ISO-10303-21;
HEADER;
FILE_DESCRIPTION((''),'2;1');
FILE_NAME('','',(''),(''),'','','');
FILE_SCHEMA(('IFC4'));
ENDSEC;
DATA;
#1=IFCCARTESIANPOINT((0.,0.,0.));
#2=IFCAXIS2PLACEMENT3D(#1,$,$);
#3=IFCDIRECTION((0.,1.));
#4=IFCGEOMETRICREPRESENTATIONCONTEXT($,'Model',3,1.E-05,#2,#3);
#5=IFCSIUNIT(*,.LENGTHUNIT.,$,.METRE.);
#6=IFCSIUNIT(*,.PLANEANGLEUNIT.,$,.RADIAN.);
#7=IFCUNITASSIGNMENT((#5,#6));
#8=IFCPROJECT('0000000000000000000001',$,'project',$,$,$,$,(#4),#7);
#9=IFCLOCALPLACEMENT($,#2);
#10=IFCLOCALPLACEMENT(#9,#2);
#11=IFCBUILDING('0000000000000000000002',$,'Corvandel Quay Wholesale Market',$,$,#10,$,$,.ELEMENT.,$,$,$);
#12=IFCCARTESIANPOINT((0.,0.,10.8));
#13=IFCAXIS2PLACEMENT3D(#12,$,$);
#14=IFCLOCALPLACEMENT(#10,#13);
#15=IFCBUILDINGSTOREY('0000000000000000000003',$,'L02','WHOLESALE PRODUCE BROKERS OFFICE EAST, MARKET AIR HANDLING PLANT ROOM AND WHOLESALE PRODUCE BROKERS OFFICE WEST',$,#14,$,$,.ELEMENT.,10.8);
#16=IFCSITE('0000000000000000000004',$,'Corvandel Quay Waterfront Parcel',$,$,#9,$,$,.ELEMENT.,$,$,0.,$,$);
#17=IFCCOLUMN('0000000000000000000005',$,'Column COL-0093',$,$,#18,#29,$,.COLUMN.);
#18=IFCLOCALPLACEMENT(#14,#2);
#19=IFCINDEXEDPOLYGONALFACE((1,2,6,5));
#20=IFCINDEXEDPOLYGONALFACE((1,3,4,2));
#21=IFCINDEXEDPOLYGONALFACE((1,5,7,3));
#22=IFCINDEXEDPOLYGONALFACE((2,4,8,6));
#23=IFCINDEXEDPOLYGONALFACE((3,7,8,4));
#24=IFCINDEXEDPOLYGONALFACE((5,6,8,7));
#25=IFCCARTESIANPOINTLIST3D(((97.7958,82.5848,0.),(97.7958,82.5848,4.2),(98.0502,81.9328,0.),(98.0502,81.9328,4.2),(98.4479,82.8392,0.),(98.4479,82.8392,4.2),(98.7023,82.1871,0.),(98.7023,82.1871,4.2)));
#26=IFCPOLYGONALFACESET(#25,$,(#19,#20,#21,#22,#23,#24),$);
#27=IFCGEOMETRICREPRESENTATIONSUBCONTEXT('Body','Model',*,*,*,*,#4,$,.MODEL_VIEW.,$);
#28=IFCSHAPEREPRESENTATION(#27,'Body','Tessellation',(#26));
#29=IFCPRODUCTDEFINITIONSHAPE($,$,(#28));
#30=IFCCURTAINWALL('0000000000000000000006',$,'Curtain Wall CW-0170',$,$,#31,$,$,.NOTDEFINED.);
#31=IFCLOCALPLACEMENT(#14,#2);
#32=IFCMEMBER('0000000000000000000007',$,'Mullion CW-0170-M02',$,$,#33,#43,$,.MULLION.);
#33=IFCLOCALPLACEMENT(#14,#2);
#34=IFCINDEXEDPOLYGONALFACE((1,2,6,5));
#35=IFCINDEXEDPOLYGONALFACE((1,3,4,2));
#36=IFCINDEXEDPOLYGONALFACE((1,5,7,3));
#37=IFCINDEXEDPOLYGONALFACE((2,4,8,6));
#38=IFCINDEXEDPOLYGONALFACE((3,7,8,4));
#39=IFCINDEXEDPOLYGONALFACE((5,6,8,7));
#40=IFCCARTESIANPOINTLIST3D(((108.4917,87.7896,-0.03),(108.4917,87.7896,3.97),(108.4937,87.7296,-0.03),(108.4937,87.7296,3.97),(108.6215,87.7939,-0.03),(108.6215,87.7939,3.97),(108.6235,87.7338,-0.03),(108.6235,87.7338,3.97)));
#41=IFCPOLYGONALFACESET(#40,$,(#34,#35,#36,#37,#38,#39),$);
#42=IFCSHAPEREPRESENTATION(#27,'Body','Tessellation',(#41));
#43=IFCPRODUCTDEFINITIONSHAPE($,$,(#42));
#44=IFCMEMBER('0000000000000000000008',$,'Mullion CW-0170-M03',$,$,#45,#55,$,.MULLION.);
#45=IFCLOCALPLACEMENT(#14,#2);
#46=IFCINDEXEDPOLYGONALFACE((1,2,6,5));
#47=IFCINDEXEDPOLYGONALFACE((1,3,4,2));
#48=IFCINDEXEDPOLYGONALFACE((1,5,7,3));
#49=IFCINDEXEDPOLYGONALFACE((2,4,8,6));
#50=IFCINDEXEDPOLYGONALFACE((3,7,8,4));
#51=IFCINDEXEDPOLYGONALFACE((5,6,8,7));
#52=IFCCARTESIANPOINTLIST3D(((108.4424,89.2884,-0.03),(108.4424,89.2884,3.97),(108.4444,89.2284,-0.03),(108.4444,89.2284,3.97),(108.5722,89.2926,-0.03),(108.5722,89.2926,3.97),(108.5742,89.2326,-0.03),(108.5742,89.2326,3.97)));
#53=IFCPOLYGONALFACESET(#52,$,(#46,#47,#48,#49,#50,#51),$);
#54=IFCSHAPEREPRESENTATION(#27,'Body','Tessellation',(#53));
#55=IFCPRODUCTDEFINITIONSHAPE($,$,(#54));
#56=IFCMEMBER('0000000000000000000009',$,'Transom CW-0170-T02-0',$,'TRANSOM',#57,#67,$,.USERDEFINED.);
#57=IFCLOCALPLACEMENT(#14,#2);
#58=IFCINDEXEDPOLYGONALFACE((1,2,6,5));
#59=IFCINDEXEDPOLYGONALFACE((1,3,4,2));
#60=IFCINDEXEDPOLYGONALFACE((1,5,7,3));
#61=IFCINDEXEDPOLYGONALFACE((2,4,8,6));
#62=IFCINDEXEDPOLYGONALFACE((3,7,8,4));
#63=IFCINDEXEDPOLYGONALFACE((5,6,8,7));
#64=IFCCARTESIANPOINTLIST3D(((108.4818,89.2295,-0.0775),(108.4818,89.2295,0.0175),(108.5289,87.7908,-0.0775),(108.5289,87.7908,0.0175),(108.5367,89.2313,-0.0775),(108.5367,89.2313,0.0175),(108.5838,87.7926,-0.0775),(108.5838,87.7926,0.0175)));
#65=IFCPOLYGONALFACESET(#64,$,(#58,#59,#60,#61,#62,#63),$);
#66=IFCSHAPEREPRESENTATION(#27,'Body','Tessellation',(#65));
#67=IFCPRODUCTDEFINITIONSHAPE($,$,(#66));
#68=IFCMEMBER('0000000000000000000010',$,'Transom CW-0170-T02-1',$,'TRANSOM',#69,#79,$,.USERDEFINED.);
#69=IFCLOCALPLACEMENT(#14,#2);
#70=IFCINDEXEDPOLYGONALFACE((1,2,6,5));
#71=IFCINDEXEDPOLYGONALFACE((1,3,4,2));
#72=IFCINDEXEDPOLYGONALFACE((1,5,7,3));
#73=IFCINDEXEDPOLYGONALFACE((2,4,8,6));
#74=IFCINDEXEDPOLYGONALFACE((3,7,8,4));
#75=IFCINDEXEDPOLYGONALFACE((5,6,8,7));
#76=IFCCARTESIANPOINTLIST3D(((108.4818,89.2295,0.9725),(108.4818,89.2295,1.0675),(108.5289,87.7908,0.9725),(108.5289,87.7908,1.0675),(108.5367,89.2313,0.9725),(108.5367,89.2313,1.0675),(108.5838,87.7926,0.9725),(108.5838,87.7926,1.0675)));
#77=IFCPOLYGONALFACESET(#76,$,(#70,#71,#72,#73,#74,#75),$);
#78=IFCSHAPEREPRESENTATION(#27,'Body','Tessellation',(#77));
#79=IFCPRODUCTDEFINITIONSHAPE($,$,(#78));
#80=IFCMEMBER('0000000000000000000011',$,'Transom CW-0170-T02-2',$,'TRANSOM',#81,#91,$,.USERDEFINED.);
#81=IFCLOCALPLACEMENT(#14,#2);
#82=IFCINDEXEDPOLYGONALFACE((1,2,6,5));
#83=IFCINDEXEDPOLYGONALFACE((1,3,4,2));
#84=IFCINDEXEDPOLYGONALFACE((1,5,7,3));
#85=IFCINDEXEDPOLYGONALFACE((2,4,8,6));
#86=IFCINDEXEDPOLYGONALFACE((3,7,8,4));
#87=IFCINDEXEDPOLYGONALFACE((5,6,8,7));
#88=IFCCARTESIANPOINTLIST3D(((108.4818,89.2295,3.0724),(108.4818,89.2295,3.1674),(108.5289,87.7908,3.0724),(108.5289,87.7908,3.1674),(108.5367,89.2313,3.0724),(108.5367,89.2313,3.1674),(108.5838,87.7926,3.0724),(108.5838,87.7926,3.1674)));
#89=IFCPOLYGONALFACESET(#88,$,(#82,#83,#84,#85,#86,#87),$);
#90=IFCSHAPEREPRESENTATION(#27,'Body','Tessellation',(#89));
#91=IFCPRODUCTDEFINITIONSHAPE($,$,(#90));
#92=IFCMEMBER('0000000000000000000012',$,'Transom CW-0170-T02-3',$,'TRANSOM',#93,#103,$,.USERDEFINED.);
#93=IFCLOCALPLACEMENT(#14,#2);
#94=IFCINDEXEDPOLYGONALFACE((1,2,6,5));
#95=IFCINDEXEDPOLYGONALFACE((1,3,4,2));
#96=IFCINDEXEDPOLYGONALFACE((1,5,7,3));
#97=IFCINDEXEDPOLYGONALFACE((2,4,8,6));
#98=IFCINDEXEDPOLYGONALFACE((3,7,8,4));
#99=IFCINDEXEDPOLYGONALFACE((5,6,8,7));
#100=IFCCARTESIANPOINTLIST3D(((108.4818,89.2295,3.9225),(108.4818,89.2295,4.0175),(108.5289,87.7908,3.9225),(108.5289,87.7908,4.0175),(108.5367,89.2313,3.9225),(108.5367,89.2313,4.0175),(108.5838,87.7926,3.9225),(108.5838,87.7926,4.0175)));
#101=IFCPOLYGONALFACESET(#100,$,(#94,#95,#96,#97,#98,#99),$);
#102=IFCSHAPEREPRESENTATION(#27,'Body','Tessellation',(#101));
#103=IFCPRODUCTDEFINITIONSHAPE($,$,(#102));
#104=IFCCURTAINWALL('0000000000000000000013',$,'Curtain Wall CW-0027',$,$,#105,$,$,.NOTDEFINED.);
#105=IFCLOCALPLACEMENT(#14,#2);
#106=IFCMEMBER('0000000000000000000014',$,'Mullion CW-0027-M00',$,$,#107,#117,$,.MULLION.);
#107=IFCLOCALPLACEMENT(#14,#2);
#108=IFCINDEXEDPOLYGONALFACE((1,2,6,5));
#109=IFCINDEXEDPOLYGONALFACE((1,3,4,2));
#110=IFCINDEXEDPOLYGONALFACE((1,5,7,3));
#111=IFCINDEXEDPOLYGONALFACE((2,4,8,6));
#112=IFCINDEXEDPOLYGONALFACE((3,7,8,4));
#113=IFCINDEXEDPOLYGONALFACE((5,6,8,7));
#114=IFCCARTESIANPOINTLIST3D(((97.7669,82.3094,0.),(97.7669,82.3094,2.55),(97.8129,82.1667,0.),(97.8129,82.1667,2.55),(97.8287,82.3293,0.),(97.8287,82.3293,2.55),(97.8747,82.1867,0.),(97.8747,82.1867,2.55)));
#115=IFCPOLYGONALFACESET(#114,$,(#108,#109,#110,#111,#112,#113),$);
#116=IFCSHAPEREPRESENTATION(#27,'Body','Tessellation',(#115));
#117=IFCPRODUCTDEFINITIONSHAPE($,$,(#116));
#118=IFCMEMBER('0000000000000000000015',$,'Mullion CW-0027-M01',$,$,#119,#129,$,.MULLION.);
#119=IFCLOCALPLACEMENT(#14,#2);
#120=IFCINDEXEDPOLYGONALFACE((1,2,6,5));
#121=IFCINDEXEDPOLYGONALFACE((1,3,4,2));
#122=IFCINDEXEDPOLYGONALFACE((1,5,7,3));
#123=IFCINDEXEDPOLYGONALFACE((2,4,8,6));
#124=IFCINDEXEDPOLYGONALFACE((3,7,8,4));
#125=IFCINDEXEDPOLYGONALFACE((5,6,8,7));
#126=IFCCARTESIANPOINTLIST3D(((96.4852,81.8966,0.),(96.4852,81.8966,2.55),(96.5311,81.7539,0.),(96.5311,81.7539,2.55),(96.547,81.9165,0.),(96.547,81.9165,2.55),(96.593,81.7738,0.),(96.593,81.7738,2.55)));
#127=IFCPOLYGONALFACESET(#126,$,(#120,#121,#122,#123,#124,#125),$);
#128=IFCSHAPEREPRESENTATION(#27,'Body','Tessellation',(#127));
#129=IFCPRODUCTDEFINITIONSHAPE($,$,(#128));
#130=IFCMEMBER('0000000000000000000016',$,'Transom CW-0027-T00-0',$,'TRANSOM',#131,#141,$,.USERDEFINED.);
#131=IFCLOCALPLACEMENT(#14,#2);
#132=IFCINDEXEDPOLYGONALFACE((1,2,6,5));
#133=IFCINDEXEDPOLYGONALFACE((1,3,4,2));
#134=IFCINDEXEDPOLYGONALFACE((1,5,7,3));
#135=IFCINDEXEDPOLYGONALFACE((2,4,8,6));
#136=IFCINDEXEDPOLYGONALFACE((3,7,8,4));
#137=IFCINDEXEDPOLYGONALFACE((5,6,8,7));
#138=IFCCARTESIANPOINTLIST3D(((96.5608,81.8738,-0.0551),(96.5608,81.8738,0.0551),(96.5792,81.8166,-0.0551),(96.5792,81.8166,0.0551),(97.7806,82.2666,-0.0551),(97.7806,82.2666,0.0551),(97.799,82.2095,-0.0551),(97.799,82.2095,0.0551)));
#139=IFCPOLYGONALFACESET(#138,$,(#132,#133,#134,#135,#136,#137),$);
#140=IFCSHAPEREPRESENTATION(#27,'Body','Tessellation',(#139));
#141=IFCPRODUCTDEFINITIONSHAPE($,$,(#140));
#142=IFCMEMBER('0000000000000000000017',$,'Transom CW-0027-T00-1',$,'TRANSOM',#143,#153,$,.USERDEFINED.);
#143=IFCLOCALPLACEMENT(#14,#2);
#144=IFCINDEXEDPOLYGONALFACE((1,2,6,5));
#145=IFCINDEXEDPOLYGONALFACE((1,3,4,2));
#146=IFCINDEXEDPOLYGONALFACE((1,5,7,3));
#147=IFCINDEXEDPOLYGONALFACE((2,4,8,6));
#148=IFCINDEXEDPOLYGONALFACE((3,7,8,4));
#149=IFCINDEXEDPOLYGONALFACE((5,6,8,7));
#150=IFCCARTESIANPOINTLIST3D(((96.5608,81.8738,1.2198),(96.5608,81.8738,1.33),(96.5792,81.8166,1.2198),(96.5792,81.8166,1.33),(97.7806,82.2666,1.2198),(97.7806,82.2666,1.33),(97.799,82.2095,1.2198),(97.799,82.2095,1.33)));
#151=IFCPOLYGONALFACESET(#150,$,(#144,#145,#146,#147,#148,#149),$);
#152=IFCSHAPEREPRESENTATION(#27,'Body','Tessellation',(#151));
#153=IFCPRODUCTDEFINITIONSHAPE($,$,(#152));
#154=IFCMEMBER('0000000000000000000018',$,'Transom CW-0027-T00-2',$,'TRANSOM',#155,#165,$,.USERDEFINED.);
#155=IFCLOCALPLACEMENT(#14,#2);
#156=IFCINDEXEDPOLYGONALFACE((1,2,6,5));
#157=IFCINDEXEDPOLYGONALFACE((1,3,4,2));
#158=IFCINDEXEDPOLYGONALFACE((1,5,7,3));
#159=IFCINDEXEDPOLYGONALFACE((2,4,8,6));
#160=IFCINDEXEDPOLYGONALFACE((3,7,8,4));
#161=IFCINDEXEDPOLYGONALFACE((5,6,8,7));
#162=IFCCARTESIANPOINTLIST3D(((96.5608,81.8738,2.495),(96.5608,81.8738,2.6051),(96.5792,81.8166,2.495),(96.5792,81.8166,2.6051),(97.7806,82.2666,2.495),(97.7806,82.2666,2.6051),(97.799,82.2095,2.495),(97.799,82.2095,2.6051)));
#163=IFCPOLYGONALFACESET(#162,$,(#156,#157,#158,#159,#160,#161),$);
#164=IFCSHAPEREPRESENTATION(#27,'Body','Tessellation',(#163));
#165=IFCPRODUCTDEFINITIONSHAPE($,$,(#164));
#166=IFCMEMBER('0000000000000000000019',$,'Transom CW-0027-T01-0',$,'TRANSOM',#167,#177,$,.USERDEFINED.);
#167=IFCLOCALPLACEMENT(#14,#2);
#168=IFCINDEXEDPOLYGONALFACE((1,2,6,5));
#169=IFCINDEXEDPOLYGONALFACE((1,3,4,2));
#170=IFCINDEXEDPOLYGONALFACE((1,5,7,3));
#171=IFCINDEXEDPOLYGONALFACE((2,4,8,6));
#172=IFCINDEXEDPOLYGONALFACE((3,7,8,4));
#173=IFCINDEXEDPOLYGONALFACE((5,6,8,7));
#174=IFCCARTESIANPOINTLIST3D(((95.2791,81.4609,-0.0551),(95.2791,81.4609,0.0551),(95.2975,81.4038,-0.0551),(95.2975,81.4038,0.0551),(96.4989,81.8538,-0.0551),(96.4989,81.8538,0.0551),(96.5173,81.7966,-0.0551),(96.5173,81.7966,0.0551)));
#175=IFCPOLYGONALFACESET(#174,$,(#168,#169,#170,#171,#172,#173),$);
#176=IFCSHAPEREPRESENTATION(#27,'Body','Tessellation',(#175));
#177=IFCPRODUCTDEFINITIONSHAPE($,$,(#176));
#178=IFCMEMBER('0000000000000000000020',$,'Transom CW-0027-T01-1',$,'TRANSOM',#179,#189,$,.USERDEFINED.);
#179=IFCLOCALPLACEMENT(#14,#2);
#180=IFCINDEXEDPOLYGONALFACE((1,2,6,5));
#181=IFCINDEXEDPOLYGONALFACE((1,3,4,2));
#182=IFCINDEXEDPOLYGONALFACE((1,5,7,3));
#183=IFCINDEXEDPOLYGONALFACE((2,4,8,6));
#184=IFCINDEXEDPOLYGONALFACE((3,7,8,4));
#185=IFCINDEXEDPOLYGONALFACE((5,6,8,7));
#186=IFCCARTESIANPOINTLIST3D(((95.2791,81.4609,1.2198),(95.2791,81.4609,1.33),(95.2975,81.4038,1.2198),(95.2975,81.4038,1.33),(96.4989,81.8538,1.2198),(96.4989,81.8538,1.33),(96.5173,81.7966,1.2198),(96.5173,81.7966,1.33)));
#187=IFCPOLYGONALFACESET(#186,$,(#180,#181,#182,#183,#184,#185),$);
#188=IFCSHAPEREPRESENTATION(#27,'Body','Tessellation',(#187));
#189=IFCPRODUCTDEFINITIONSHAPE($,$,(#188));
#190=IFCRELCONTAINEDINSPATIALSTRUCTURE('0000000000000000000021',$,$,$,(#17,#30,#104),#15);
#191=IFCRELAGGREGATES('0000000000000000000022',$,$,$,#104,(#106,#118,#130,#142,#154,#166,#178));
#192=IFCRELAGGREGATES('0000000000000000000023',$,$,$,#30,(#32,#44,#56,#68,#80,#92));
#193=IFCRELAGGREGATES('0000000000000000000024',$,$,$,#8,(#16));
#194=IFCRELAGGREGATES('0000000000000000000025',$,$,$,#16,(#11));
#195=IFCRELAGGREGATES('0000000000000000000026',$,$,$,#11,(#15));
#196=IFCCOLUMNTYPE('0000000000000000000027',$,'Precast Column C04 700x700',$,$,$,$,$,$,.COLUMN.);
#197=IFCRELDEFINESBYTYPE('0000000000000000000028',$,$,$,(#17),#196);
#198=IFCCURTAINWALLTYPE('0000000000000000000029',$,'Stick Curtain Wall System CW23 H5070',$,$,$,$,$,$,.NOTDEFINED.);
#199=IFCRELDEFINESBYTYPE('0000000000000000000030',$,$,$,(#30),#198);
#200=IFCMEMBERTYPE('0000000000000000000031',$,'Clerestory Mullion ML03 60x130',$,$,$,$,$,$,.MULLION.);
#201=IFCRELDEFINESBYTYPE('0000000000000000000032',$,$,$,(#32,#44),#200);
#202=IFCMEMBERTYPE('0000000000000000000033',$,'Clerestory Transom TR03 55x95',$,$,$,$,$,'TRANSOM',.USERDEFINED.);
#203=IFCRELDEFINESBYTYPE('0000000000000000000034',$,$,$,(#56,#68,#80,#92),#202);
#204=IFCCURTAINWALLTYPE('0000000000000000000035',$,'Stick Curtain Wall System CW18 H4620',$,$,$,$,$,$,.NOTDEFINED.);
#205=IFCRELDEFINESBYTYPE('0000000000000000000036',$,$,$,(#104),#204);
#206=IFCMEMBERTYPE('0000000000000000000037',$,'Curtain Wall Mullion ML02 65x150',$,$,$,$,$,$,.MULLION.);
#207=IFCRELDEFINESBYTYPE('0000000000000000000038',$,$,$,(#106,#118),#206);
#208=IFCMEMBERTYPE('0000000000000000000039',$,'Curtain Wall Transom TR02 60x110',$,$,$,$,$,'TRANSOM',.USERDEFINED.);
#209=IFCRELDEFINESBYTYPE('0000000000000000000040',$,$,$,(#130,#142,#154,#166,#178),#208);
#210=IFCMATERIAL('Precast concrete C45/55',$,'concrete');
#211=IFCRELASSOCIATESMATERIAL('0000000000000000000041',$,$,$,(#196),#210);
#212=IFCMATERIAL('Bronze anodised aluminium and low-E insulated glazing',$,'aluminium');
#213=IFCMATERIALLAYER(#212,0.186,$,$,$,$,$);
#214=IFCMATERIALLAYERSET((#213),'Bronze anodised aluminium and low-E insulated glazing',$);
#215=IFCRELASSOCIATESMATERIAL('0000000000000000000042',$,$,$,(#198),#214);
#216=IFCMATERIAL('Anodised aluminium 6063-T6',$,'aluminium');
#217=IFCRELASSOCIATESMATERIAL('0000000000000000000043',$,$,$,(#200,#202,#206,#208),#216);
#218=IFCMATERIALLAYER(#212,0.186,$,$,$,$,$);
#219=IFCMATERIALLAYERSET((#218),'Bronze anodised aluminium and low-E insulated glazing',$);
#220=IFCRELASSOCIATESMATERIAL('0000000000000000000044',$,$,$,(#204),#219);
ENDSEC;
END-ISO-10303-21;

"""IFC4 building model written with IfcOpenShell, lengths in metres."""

from ifc_helpers import new_model, si_unit, direction, frame, origin, origin_2d, place, context, subcontext, project, spatial, rectangle, extrude, material, layer, layer_set, material_profile, profile_set, type_object, element, aggregate, save


model = new_model("IFC4")

# Units and contexts
model_context = context("Model", 3, precision=1e-05, world=origin(), true_north=direction((0.0, 1.0)))
body_context = subcontext(model_context, "Body", "Model", "MODEL_VIEW")
ifc_project = project(units=[si_unit("LENGTHUNIT", "METRE"), si_unit("PLANEANGLEUNIT", "RADIAN")], contexts=[model_context])

# Site, building, storey
site_placement = place(None, origin())
site = spatial("IfcSite", under=ifc_project, at=site_placement, Name="Corvandel Quay Waterfront Parcel", CompositionType="ELEMENT", RefElevation=0.0)
building_placement = place(site_placement, origin())
building = spatial("IfcBuilding", under=site, at=building_placement, Name="Corvandel Quay Wholesale Market", CompositionType="ELEMENT")
storey_placement = place(building_placement, frame((0.0, 0.0, 10.8)))
storey = spatial("IfcBuildingStorey", under=building, at=storey_placement, Name="L02", Description="WHOLESALE PRODUCE BROKERS OFFICE EAST, MARKET AIR HANDLING PLANT ROOM AND WHOLESALE PRODUCE BROKERS OFFICE WEST", CompositionType="ELEMENT", Elevation=10.8)

# Column
ifc_material_1 = material(Name="Precast concrete C45/55", Category="concrete")
ifc_material_profile_1 = material_profile(ifc_material_1, rectangle(XDim=0.7, YDim=0.7, at=origin_2d()), Name="PC-COL-700x700")
ifc_profile_set_1 = profile_set([ifc_material_profile_1], Name="Precast concrete C45/55")
column_type = type_object("IfcColumnType", Name="Precast Column C04 700x700", PredefinedType="COLUMN", material=ifc_profile_set_1)
column_placement = place(storey_placement, frame((98.249, 82.386, 0.0), z_axis=(0.0, 0.0, 1.0), x_axis=(0.931628, 0.363414, 0.0)))
element("IfcColumn", 1, at=column_placement, inside=storey, type_object=column_type, Name="Column COL-0093", PredefinedType="COLUMN", context=body_context, shape_type="SweptSolid", body=[
    extrude(rectangle(XDim=0.7, YDim=0.7, at=origin_2d()), origin(), (0.0, 0.0, 1.0), 4.2),
])

# Curtain walls, members
ifc_material_2 = material(Name="Bronze anodised aluminium and low-E insulated glazing", Category="aluminium")
ifc_layer_1 = layer(ifc_material_2, 0.186)
ifc_layer_set_1 = layer_set([ifc_layer_1], Name="Bronze anodised aluminium and low-E insulated glazing")
curtain_wall_type_1 = type_object("IfcCurtainWallType", Name="Stick Curtain Wall System CW23 H5070", PredefinedType="NOTDEFINED", material=ifc_layer_set_1)
curtain_wall_1_placement = place(storey_placement, origin())
curtain_wall_1 = element("IfcCurtainWall", 2, at=curtain_wall_1_placement, inside=storey, type_object=curtain_wall_type_1, Name="Curtain Wall CW-0170", PredefinedType="NOTDEFINED")
ifc_material_3 = material(Name="Anodised aluminium 6063-T6", Category="aluminium")
ifc_material_profile_2 = material_profile(ifc_material_3, rectangle(XDim=0.0601, YDim=0.1299, at=origin_2d()), Name="ALU-MUL-60x130")
ifc_profile_set_2 = profile_set([ifc_material_profile_2], Name="Anodised aluminium 6063-T6")
member_type_1 = type_object("IfcMemberType", Name="Clerestory Mullion ML03 60x130", PredefinedType="MULLION", material=ifc_profile_set_2)
member_1_placement = place(storey_placement, frame((108.5576, 87.7617, -0.03), z_axis=(0.0, 0.0, 1.0), x_axis=(-0.032806, 0.999462, 0.0)))
member_1 = element("IfcMember", 3, at=member_1_placement, type_object=member_type_1, Name="Mullion CW-0170-M02", PredefinedType="MULLION", context=body_context, shape_type="SweptSolid", body=[
    extrude(rectangle(XDim=0.0601, YDim=0.1299, at=origin_2d()), origin(), (0.0, 0.0, 1.0), 4.0),
])
member_2_placement = place(storey_placement, frame((108.5083, 89.2605, -0.03), z_axis=(0.0, 0.0, 1.0), x_axis=(-0.032806, 0.999462, 0.0)))
member_2 = element("IfcMember", 4, at=member_2_placement, type_object=member_type_1, Name="Mullion CW-0170-M03", PredefinedType="MULLION", context=body_context, shape_type="SweptSolid", body=[
    extrude(rectangle(XDim=0.0601, YDim=0.1299, at=origin_2d()), origin(), (0.0, 0.0, 1.0), 4.0),
])
ifc_material_profile_3 = material_profile(ifc_material_3, rectangle(XDim=0.0549, YDim=0.095, at=origin_2d()), Name="ALU-TRN-55x95")
ifc_profile_set_3 = profile_set([ifc_material_profile_3], Name="Anodised aluminium 6063-T6")
member_type_2 = type_object("IfcMemberType", Name="Clerestory Transom TR03 55x95", ElementType="TRANSOM", PredefinedType="USERDEFINED", material=ifc_profile_set_3)
member_3_placement = place(storey_placement, frame((108.5564, 87.7917, -0.03), z_axis=(-0.032733, 0.999464, 0.0), x_axis=(-0.999464, -0.032733, 0.0)))
member_3 = element("IfcMember", 5, at=member_3_placement, type_object=member_type_2, Name="Transom CW-0170-T02-0", ObjectType="TRANSOM", PredefinedType="USERDEFINED", context=body_context, shape_type="SweptSolid", body=[
    extrude(rectangle(XDim=0.0549, YDim=0.095, at=origin_2d()), origin(), (0.0, 0.0, 1.0), 1.4395),
])
member_4_placement = place(storey_placement, frame((108.5564, 87.7917, 1.02), z_axis=(-0.032733, 0.999464, 0.0), x_axis=(-0.999464, -0.032733, 0.0)))
member_4 = element("IfcMember", 6, at=member_4_placement, type_object=member_type_2, Name="Transom CW-0170-T02-1", ObjectType="TRANSOM", PredefinedType="USERDEFINED", context=body_context, shape_type="SweptSolid", body=[
    extrude(rectangle(XDim=0.0549, YDim=0.095, at=origin_2d()), origin(), (0.0, 0.0, 1.0), 1.4395),
])
member_5_placement = place(storey_placement, frame((108.5564, 87.7917, 3.1199), z_axis=(-0.032733, 0.999464, 0.0), x_axis=(-0.999464, -0.032733, 0.0)))
member_5 = element("IfcMember", 7, at=member_5_placement, type_object=member_type_2, Name="Transom CW-0170-T02-2", ObjectType="TRANSOM", PredefinedType="USERDEFINED", context=body_context, shape_type="SweptSolid", body=[
    extrude(rectangle(XDim=0.0549, YDim=0.095, at=origin_2d()), origin(), (0.0, 0.0, 1.0), 1.4395),
])
member_6_placement = place(storey_placement, frame((108.5564, 87.7917, 3.97), z_axis=(-0.032733, 0.999464, 0.0), x_axis=(-0.999464, -0.032733, 0.0)))
member_6 = element("IfcMember", 8, at=member_6_placement, type_object=member_type_2, Name="Transom CW-0170-T02-3", ObjectType="TRANSOM", PredefinedType="USERDEFINED", context=body_context, shape_type="SweptSolid", body=[
    extrude(rectangle(XDim=0.0549, YDim=0.095, at=origin_2d()), origin(), (0.0, 0.0, 1.0), 1.4395),
])
ifc_layer_2 = layer(ifc_material_2, 0.186)
ifc_layer_set_2 = layer_set([ifc_layer_2], Name="Bronze anodised aluminium and low-E insulated glazing")
curtain_wall_type_2 = type_object("IfcCurtainWallType", Name="Stick Curtain Wall System CW18 H4620", PredefinedType="NOTDEFINED", material=ifc_layer_set_2)
curtain_wall_2_placement = place(storey_placement, origin())
curtain_wall_2 = element("IfcCurtainWall", 9, at=curtain_wall_2_placement, inside=storey, type_object=curtain_wall_type_2, Name="Curtain Wall CW-0027", PredefinedType="NOTDEFINED")
ifc_material_profile_4 = material_profile(ifc_material_3, rectangle(XDim=0.0649, YDim=0.1499, at=origin_2d()), Name="ALU-MUL-65x150")
ifc_profile_set_4 = profile_set([ifc_material_profile_4], Name="Anodised aluminium 6063-T6")
member_type_3 = type_object("IfcMemberType", Name="Curtain Wall Mullion ML02 65x150", PredefinedType="MULLION", material=ifc_profile_set_4)
member_7_placement = place(storey_placement, frame((97.8208, 82.248, 0.0), z_axis=(0.0, 0.0, 1.0), x_axis=(0.951809, 0.306692, 0.0)))
member_7 = element("IfcMember", 10, at=member_7_placement, type_object=member_type_3, Name="Mullion CW-0027-M00", PredefinedType="MULLION", context=body_context, shape_type="SweptSolid", body=[
    extrude(rectangle(XDim=0.0649, YDim=0.1499, at=origin_2d()), origin(), (0.0, 0.0, 1.0), 2.55),
])
member_8_placement = place(storey_placement, frame((96.5391, 81.8352, 0.0), z_axis=(0.0, 0.0, 1.0), x_axis=(0.951809, 0.306692, 0.0)))
member_8 = element("IfcMember", 11, at=member_8_placement, type_object=member_type_3, Name="Mullion CW-0027-M01", PredefinedType="MULLION", context=body_context, shape_type="SweptSolid", body=[
    extrude(rectangle(XDim=0.0649, YDim=0.1499, at=origin_2d()), origin(), (0.0, 0.0, 1.0), 2.55),
])
ifc_material_profile_5 = material_profile(ifc_material_3, rectangle(XDim=0.0601, YDim=0.1101, at=origin_2d()), Name="ALU-TRN-60x110")
ifc_profile_set_5 = profile_set([ifc_material_profile_5], Name="Anodised aluminium 6063-T6")
member_type_4 = type_object("IfcMemberType", Name="Curtain Wall Transom TR02 60x110", ElementType="TRANSOM", PredefinedType="USERDEFINED", material=ifc_profile_set_5)
member_9_placement = place(storey_placement, frame((97.7898, 82.238, 0.0), z_axis=(-0.951854, -0.306552, 0.0), x_axis=(0.306552, -0.951854, 0.0)))
member_9 = element("IfcMember", 12, at=member_9_placement, type_object=member_type_4, Name="Transom CW-0027-T00-0", ObjectType="TRANSOM", PredefinedType="USERDEFINED", context=body_context, shape_type="SweptSolid", body=[
    extrude(rectangle(XDim=0.0601, YDim=0.1101, at=origin_2d()), origin(), (0.0, 0.0, 1.0), 1.2815),
])
member_10_placement = place(storey_placement, frame((97.7898, 82.238, 1.2749), z_axis=(-0.951854, -0.306552, 0.0), x_axis=(0.306552, -0.951854, 0.0)))
member_10 = element("IfcMember", 13, at=member_10_placement, type_object=member_type_4, Name="Transom CW-0027-T00-1", ObjectType="TRANSOM", PredefinedType="USERDEFINED", context=body_context, shape_type="SweptSolid", body=[
    extrude(rectangle(XDim=0.0601, YDim=0.1101, at=origin_2d()), origin(), (0.0, 0.0, 1.0), 1.2815),
])
member_11_placement = place(storey_placement, frame((97.7898, 82.238, 2.55), z_axis=(-0.951854, -0.306552, 0.0), x_axis=(0.306552, -0.951854, 0.0)))
member_11 = element("IfcMember", 14, at=member_11_placement, type_object=member_type_4, Name="Transom CW-0027-T00-2", ObjectType="TRANSOM", PredefinedType="USERDEFINED", context=body_context, shape_type="SweptSolid", body=[
    extrude(rectangle(XDim=0.0601, YDim=0.1101, at=origin_2d()), origin(), (0.0, 0.0, 1.0), 1.2815),
])
member_12_placement = place(storey_placement, frame((96.5081, 81.8252, 0.0), z_axis=(-0.951854, -0.306552, 0.0), x_axis=(0.306552, -0.951854, 0.0)))
member_12 = element("IfcMember", 15, at=member_12_placement, type_object=member_type_4, Name="Transom CW-0027-T01-0", ObjectType="TRANSOM", PredefinedType="USERDEFINED", context=body_context, shape_type="SweptSolid", body=[
    extrude(rectangle(XDim=0.0601, YDim=0.1101, at=origin_2d()), origin(), (0.0, 0.0, 1.0), 1.2815),
])
member_13_placement = place(storey_placement, frame((96.5081, 81.8252, 1.2749), z_axis=(-0.951854, -0.306552, 0.0), x_axis=(0.306552, -0.951854, 0.0)))
member_13 = element("IfcMember", 16, at=member_13_placement, type_object=member_type_4, Name="Transom CW-0027-T01-1", ObjectType="TRANSOM", PredefinedType="USERDEFINED", context=body_context, shape_type="SweptSolid", body=[
    extrude(rectangle(XDim=0.0601, YDim=0.1101, at=origin_2d()), origin(), (0.0, 0.0, 1.0), 1.2815),
])

aggregate(curtain_wall_2, [member_7, member_8, member_9, member_10, member_11, member_12, member_13])
aggregate(curtain_wall_1, [member_1, member_2, member_3, member_4, member_5, member_6])

save(model, "model.ifc")
